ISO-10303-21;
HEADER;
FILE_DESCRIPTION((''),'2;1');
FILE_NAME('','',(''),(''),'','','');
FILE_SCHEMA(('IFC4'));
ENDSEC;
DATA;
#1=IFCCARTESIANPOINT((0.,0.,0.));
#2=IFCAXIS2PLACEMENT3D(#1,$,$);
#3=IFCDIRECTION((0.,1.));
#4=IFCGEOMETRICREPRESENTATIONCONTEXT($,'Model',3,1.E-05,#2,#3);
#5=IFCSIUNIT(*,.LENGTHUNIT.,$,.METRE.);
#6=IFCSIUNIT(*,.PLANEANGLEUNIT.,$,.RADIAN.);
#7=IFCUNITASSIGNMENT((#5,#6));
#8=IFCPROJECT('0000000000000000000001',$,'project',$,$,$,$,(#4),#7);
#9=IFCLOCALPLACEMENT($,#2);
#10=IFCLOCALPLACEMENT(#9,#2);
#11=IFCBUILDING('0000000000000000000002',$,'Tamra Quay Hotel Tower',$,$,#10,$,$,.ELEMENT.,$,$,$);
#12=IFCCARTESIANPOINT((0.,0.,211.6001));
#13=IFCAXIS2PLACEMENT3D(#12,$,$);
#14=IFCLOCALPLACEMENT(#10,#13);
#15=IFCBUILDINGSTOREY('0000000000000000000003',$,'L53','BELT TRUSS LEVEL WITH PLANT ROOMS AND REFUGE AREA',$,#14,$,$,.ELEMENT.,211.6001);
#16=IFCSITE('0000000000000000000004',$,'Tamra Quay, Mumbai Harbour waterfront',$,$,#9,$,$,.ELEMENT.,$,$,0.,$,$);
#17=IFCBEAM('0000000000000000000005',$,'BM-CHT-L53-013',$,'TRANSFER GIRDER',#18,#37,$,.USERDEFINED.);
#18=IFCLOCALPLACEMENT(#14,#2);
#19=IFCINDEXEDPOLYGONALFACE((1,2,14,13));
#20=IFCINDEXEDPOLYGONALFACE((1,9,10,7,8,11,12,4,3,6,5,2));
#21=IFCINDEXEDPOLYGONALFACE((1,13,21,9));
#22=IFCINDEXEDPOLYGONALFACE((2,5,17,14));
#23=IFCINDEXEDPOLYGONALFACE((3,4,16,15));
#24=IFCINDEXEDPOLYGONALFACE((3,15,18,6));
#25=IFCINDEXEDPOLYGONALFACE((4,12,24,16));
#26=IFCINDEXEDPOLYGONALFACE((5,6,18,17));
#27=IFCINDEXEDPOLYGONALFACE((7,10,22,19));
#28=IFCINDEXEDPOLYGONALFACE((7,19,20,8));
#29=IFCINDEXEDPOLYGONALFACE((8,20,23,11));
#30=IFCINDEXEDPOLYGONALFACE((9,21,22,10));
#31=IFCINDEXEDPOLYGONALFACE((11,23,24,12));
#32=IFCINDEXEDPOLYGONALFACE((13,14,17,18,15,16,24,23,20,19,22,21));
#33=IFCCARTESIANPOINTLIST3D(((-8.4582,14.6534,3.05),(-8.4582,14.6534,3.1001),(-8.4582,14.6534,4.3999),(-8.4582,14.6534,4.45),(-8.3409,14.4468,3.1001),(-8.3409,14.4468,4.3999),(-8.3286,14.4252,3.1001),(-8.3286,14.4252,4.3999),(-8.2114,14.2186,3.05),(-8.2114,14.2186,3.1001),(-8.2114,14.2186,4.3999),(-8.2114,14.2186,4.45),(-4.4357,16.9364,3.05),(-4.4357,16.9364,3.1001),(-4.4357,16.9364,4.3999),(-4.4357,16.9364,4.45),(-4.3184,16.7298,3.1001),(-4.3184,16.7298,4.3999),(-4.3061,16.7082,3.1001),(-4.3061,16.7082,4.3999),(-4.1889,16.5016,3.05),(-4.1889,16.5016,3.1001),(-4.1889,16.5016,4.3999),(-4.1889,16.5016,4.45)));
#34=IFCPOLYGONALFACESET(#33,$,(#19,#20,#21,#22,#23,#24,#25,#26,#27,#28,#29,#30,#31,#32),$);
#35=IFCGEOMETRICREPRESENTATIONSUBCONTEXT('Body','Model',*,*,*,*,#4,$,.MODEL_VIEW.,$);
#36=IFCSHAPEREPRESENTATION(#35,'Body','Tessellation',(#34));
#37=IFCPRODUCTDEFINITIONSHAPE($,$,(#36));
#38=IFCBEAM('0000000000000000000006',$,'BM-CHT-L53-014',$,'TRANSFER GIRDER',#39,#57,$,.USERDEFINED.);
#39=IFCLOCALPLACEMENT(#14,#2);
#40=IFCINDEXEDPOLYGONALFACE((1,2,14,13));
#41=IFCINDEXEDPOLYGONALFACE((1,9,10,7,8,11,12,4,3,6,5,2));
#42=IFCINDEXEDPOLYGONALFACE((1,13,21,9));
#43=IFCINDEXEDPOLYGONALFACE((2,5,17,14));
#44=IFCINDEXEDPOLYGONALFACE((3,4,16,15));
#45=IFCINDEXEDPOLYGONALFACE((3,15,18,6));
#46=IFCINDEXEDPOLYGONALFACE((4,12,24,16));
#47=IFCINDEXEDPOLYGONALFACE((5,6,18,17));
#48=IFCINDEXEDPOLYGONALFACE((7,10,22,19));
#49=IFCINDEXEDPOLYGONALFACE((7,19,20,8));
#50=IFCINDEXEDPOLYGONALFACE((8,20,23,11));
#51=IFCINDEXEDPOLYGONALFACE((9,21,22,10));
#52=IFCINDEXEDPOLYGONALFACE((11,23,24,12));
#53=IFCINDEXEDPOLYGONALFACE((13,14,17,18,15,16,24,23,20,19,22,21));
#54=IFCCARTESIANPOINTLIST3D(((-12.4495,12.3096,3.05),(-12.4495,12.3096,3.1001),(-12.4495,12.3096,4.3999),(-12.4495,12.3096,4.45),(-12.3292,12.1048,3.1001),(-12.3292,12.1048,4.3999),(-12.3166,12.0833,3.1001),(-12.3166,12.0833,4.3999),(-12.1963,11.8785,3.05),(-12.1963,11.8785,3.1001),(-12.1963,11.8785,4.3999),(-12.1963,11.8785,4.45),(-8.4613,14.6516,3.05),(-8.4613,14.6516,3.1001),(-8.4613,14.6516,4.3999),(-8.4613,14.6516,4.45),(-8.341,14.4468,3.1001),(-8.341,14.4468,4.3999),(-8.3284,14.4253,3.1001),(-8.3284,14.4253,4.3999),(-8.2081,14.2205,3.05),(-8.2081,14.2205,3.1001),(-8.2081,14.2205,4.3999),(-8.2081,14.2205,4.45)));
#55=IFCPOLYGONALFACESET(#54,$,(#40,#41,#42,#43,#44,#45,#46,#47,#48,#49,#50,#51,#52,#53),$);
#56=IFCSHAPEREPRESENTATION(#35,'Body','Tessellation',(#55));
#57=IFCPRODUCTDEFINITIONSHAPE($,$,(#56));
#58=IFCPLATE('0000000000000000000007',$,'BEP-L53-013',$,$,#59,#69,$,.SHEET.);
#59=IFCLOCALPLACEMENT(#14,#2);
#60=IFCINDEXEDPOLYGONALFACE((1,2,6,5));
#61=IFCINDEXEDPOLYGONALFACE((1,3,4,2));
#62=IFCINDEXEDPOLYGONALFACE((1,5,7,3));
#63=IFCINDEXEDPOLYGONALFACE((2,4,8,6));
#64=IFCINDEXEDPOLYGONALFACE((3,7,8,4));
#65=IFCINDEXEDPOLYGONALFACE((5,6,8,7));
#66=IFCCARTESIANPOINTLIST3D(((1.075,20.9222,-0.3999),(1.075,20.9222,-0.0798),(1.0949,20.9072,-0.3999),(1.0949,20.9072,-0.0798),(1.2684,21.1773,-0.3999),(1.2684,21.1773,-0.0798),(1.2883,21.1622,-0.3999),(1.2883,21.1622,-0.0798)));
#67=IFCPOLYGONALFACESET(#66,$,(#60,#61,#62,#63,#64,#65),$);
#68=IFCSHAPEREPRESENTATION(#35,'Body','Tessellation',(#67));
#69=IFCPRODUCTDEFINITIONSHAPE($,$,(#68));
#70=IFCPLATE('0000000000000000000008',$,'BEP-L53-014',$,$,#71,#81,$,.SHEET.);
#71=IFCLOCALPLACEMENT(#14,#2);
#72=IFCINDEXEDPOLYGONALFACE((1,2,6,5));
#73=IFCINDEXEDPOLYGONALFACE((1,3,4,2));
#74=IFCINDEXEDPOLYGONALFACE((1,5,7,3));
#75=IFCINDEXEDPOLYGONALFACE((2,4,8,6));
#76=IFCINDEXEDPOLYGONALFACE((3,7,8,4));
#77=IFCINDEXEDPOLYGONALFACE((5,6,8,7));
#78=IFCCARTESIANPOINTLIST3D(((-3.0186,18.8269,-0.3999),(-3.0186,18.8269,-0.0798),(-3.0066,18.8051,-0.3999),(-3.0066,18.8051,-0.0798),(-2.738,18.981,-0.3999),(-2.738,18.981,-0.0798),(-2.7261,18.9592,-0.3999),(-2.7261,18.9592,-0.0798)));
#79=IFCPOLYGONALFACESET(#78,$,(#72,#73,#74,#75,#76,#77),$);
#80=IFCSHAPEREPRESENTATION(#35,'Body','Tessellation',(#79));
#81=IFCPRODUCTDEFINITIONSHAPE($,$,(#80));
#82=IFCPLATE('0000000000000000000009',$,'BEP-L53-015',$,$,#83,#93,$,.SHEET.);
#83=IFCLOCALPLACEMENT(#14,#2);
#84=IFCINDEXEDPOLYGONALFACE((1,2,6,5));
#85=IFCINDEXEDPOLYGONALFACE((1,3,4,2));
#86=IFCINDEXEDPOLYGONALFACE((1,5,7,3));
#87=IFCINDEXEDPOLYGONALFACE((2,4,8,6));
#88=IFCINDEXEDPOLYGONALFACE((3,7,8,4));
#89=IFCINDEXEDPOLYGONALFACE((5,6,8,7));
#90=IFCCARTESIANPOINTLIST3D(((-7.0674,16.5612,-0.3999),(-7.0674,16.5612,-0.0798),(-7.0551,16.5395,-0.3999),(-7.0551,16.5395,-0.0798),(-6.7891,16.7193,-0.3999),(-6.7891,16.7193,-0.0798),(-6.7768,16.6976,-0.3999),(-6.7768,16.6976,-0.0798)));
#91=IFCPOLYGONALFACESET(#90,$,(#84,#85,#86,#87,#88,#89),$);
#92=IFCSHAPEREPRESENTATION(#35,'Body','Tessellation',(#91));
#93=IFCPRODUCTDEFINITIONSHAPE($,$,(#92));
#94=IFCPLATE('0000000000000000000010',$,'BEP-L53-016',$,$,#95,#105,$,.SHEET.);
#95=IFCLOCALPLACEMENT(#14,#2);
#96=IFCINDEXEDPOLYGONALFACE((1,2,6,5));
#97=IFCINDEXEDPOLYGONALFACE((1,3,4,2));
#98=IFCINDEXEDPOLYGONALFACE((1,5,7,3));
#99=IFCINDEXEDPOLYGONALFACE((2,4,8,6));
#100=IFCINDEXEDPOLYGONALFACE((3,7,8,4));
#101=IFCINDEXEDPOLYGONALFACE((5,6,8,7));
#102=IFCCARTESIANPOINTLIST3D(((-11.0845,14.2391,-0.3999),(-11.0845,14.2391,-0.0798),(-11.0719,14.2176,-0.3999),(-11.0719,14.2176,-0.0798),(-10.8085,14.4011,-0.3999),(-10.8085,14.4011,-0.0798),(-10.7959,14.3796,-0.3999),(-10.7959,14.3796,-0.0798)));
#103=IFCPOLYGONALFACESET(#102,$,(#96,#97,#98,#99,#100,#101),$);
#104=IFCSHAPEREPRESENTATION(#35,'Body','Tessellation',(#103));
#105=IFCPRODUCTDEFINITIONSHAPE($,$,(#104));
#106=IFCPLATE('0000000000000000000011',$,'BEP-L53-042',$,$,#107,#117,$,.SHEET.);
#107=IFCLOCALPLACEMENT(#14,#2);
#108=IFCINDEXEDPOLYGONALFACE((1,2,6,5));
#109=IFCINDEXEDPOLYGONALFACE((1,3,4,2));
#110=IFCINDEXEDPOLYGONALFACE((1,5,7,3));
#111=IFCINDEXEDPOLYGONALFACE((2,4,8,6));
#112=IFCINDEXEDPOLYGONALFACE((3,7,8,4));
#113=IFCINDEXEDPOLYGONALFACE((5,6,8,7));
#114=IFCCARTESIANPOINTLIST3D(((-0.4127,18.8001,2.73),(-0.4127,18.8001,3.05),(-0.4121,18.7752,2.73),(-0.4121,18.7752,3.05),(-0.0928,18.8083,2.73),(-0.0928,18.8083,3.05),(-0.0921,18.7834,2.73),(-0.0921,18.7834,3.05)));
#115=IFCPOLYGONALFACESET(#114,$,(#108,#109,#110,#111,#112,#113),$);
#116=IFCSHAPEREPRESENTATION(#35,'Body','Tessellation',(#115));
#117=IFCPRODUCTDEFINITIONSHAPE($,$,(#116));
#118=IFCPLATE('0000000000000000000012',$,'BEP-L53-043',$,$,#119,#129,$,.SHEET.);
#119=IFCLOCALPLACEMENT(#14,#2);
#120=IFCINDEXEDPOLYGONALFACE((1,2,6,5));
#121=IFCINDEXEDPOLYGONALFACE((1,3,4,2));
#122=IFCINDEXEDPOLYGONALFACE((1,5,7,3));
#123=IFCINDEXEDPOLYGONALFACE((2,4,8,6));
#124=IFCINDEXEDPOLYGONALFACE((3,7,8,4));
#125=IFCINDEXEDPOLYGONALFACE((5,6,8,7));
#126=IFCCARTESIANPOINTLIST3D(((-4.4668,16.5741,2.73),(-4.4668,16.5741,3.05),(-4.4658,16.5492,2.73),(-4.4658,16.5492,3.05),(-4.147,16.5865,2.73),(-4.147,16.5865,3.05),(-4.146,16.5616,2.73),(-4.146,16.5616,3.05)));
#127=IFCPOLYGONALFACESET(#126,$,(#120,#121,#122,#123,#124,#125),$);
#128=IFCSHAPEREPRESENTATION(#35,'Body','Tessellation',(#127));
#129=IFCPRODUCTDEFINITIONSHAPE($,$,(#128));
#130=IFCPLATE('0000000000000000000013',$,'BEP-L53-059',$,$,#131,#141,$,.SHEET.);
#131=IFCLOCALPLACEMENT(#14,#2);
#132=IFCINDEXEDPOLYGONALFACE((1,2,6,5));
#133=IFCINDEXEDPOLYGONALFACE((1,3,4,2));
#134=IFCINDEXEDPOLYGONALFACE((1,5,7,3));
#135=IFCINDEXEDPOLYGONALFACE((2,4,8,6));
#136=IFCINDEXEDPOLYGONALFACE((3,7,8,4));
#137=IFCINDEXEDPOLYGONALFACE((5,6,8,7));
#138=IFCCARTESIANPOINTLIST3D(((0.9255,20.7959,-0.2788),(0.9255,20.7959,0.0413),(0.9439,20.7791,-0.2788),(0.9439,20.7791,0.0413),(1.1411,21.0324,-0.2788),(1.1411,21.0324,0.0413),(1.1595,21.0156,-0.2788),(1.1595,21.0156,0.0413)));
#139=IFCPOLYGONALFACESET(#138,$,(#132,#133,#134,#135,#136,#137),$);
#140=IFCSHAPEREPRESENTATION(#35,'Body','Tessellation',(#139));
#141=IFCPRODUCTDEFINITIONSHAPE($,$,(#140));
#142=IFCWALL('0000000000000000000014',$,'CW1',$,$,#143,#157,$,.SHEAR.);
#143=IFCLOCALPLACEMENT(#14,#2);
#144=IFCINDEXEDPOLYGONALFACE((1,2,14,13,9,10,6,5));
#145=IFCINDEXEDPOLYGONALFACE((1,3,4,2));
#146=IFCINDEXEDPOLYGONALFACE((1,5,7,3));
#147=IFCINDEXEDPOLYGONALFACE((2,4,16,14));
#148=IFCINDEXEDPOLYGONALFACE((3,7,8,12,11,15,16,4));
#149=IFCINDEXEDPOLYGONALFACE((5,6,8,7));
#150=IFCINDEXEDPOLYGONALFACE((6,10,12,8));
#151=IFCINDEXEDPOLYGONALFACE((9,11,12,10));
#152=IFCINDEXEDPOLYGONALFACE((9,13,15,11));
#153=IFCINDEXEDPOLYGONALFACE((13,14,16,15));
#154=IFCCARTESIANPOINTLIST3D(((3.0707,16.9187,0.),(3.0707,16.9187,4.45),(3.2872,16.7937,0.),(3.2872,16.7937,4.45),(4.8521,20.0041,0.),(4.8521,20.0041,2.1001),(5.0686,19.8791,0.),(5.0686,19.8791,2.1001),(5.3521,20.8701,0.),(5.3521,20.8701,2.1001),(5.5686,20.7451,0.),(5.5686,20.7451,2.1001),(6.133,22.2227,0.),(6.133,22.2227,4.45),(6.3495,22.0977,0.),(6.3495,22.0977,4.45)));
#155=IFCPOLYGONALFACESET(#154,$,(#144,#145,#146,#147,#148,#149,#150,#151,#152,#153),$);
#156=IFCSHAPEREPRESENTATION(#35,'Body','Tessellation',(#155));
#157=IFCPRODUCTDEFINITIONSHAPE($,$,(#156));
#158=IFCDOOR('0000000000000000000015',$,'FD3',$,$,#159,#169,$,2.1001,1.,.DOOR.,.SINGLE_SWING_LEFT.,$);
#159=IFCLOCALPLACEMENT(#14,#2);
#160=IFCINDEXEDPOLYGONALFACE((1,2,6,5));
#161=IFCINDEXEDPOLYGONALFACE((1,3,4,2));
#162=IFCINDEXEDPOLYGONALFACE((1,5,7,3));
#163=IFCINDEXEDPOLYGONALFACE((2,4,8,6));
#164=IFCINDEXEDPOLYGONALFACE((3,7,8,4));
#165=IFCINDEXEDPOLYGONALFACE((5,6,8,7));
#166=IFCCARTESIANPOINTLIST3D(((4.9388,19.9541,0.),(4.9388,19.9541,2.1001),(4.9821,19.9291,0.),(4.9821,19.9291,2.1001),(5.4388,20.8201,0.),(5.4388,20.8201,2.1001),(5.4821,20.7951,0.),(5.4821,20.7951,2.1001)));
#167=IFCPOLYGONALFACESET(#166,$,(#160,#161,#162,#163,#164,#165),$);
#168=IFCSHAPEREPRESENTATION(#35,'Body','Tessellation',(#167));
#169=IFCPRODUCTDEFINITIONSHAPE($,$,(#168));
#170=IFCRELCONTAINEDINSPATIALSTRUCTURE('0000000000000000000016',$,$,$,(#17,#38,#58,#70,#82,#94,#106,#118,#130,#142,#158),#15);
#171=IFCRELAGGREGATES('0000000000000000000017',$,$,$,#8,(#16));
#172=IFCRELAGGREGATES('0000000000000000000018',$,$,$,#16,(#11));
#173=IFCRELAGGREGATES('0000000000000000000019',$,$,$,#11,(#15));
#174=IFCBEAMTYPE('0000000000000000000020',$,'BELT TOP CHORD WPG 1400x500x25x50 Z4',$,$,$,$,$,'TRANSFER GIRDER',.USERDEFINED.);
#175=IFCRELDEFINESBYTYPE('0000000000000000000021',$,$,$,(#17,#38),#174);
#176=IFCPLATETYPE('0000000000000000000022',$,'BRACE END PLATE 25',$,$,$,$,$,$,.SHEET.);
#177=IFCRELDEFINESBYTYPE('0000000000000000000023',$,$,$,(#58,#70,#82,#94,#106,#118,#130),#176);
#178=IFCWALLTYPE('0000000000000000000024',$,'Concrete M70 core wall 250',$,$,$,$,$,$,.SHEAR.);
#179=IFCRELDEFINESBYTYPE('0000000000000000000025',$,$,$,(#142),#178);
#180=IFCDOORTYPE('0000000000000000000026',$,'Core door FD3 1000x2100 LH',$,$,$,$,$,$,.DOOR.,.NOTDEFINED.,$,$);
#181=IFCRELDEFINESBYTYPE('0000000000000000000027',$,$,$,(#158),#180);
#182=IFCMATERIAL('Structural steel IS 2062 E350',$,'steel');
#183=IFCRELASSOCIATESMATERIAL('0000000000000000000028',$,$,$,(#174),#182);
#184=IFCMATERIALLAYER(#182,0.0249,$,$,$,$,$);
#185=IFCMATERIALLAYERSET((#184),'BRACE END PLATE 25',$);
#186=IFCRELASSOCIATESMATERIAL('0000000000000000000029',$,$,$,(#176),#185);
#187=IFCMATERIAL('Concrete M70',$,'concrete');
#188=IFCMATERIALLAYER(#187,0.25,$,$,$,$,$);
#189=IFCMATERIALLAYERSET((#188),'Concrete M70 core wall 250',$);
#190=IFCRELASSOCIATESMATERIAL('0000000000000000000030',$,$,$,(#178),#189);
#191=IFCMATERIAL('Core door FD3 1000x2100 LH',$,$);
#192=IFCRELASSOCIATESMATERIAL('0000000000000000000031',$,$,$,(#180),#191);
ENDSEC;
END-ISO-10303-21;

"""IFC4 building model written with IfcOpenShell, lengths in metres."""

from ifc_helpers import new_model, si_unit, direction, frame, frame_2d, origin, origin_2d, place, context, subcontext, project, spatial, rectangle, i_section, extrude, material, layer, layer_set, material_profile, profile_set, type_object, element, fill, save


model = new_model("IFC4")

# Units and contexts
model_context = context("Model", 3, precision=1e-05, world=origin(), true_north=direction((0.0, 1.0)))
body_context = subcontext(model_context, "Body", "Model", "MODEL_VIEW")
ifc_project = project(units=[si_unit("LENGTHUNIT", "METRE"), si_unit("PLANEANGLEUNIT", "RADIAN")], contexts=[model_context])

# Site, building, storey
site_placement = place(None, origin())
site = spatial("IfcSite", under=ifc_project, at=site_placement, Name="Tamra Quay, Mumbai Harbour waterfront", CompositionType="ELEMENT", RefElevation=0.0)
building_placement = place(site_placement, origin())
building = spatial("IfcBuilding", under=site, at=building_placement, Name="Tamra Quay Hotel Tower", CompositionType="ELEMENT")
storey_placement = place(building_placement, frame((0.0, 0.0, 211.6001)))
storey = spatial("IfcBuildingStorey", under=building, at=storey_placement, Name="L53", Description="BELT TRUSS LEVEL WITH PLANT ROOMS AND REFUGE AREA", CompositionType="ELEMENT", Elevation=211.6001)

# Shared definitions
ifc_material_1 = material(Name="Structural steel IS 2062 E350", Category="steel")

# Beams
ifc_material_profile_1 = material_profile(ifc_material_1, i_section(OverallWidth=0.5, OverallDepth=1.3999, WebThickness=0.0249, FlangeThickness=0.05, at=origin_2d()), Name="WPG 1400x500x25x50")
ifc_profile_set_1 = profile_set([ifc_material_profile_1], Name="Structural steel IS 2062 E350")
beam_type_1 = type_object("IfcBeamType", Name="BELT TOP CHORD WPG 1400x500x25x50 Z4", ElementType="TRANSFER GIRDER", PredefinedType="USERDEFINED", material=ifc_profile_set_1)
beam_1_placement = place(storey_placement, frame((-4.3123, 16.719, 3.75), z_axis=(-0.869691, -0.493596, 0.0), x_axis=(0.493596, -0.869691, 0.0)))
element("IfcBeam", 1, at=beam_1_placement, inside=storey, type_object=beam_type_1, Name="BM-CHT-L53-013", ObjectType="TRANSFER GIRDER", PredefinedType="USERDEFINED", context=body_context, shape_type="SweptSolid", body=[
    extrude(i_section(OverallWidth=0.5, OverallDepth=1.3999, WebThickness=0.0249, FlangeThickness=0.05, at=origin_2d()), origin(), (0.0, 0.0, 1.0), 4.6252),
])
beam_2_placement = place(storey_placement, frame((-8.3347, 14.436, 3.75), z_axis=(-0.862313, -0.506376, 0.0), x_axis=(0.506376, -0.862313, 0.0)))
element("IfcBeam", 2, at=beam_2_placement, inside=storey, type_object=beam_type_1, Name="BM-CHT-L53-014", ObjectType="TRANSFER GIRDER", PredefinedType="USERDEFINED", context=body_context, shape_type="SweptSolid", body=[
    extrude(i_section(OverallWidth=0.5, OverallDepth=1.3999, WebThickness=0.0249, FlangeThickness=0.05, at=origin_2d()), origin(), (0.0, 0.0, 1.0), 4.625),
])

# Plates
ifc_layer_1 = layer(ifc_material_1, 0.0249)
ifc_layer_set_1 = layer_set([ifc_layer_1], Name="BRACE END PLATE 25")
plate_type = type_object("IfcPlateType", Name="BRACE END PLATE 25", PredefinedType="SHEET", material=ifc_layer_set_1)
for number, where, z_axis, x_axis, name in (
    (3, (1.1816, 21.0422, -0.3999), (0.0, 0.0, 1.0), (-0.796835, 0.604197, 0.0), "BEP-L53-013"),
    (4, (-2.8723, 18.8931, -0.3999), (0.0, 0.0, 1.0), (-0.481491, 0.876451, 0.0), "BEP-L53-014"),
    (5, (-6.9221, 16.6294, -0.3999), (0.0, 0.0, 1.0), (-0.493831, 0.869558, 0.0), "BEP-L53-015"),
    (6, (-10.9402, 14.3093, -0.3999), (0.0, 0.0, 1.0), (-0.506129, 0.862458, 0.0), "BEP-L53-016"),
    (7, (-0.2524, 18.7917, 2.73), (0.0, 0.0, 1.0), (-0.025371, 0.999678, 0.0), "BEP-L53-042"),
    (8, (-4.3064, 16.5679, 2.73), (0.0, 0.0, 1.0), (-0.038819, 0.999246, 0.0), "BEP-L53-043"),
    (9, (1.0425, 20.9058, -0.2788), (0.0, 0.0, 1.0), (-0.739, 0.673705, 0.0), "BEP-L53-059"),
):
    element("IfcPlate", number, at=place(storey_placement, frame(where, z_axis=z_axis, x_axis=x_axis)), inside=storey, type_object=plate_type, Name=name, PredefinedType="SHEET", context=body_context, shape_type="SweptSolid", body=[
        extrude(rectangle(XDim=0.0249, YDim=0.3201, at=origin_2d()), origin(), (0.0, 0.0, 1.0), 0.3201),
    ])

# Wall, opening, door
ifc_material_2 = material(Name="Concrete M70", Category="concrete")
ifc_layer_2 = layer(ifc_material_2, 0.25)
ifc_layer_set_2 = layer_set([ifc_layer_2], Name="Concrete M70 core wall 250")
wall_type = type_object("IfcWallType", Name="Concrete M70 core wall 250", PredefinedType="SHEAR", material=ifc_layer_set_2)
wall_placement = place(storey_placement, frame((3.179, 16.8562, 0.0), z_axis=(0.0, 0.0, 1.0), x_axis=(0.500002, 0.866024, 0.0)))
wall = element("IfcWall", 10, at=wall_placement, inside=storey, type_object=wall_type, Name="CW1", PredefinedType="SHEAR", context=body_context, shape_type="SweptSolid", body=[
    extrude(rectangle(XDim=6.1245, YDim=0.25, at=frame_2d((3.0623, 0.0))), origin(), (0.0, 0.0, 1.0), 4.45),
])
opening_placement = place(wall_placement, frame((3.5627, 0.0, 0.0)))
opening = element("IfcOpeningElement", 11, at=opening_placement, cuts=wall, PredefinedType="OPENING", context=body_context, shape_type="SweptSolid", body=[
    extrude(rectangle(XDim=1.0, YDim=2.1001, at=frame_2d((0.5, 1.05))), frame((0.0, 0.135, 0.0), z_axis=(0.0, -1.0, 0.0), x_axis=(1.0, 0.0, 0.0)), (0.0, 0.0, 1.0), 0.27),
])
ifc_material_3 = material(Name="Core door FD3 1000x2100 LH")
door_type = type_object("IfcDoorType", Name="Core door FD3 1000x2100 LH", OperationType="NOTDEFINED", PredefinedType="DOOR", material=ifc_material_3)
door_placement = place(opening_placement, origin())
door = element("IfcDoor", 12, at=door_placement, inside=storey, type_object=door_type, Name="FD3", OperationType="SINGLE_SWING_LEFT", OverallHeight=2.1001, OverallWidth=1.0, PredefinedType="DOOR", context=body_context, shape_type="SweptSolid", body=[
    extrude(rectangle(XDim=1.0, YDim=2.1001, at=frame_2d((0.5, 1.05))), frame((0.0, 0.0249, 0.0), z_axis=(0.0, -1.0, 0.0), x_axis=(1.0, 0.0, 0.0)), (0.0, 0.0, 1.0), 0.05),
])
fill(opening, door)

save(model, "model.ifc")
